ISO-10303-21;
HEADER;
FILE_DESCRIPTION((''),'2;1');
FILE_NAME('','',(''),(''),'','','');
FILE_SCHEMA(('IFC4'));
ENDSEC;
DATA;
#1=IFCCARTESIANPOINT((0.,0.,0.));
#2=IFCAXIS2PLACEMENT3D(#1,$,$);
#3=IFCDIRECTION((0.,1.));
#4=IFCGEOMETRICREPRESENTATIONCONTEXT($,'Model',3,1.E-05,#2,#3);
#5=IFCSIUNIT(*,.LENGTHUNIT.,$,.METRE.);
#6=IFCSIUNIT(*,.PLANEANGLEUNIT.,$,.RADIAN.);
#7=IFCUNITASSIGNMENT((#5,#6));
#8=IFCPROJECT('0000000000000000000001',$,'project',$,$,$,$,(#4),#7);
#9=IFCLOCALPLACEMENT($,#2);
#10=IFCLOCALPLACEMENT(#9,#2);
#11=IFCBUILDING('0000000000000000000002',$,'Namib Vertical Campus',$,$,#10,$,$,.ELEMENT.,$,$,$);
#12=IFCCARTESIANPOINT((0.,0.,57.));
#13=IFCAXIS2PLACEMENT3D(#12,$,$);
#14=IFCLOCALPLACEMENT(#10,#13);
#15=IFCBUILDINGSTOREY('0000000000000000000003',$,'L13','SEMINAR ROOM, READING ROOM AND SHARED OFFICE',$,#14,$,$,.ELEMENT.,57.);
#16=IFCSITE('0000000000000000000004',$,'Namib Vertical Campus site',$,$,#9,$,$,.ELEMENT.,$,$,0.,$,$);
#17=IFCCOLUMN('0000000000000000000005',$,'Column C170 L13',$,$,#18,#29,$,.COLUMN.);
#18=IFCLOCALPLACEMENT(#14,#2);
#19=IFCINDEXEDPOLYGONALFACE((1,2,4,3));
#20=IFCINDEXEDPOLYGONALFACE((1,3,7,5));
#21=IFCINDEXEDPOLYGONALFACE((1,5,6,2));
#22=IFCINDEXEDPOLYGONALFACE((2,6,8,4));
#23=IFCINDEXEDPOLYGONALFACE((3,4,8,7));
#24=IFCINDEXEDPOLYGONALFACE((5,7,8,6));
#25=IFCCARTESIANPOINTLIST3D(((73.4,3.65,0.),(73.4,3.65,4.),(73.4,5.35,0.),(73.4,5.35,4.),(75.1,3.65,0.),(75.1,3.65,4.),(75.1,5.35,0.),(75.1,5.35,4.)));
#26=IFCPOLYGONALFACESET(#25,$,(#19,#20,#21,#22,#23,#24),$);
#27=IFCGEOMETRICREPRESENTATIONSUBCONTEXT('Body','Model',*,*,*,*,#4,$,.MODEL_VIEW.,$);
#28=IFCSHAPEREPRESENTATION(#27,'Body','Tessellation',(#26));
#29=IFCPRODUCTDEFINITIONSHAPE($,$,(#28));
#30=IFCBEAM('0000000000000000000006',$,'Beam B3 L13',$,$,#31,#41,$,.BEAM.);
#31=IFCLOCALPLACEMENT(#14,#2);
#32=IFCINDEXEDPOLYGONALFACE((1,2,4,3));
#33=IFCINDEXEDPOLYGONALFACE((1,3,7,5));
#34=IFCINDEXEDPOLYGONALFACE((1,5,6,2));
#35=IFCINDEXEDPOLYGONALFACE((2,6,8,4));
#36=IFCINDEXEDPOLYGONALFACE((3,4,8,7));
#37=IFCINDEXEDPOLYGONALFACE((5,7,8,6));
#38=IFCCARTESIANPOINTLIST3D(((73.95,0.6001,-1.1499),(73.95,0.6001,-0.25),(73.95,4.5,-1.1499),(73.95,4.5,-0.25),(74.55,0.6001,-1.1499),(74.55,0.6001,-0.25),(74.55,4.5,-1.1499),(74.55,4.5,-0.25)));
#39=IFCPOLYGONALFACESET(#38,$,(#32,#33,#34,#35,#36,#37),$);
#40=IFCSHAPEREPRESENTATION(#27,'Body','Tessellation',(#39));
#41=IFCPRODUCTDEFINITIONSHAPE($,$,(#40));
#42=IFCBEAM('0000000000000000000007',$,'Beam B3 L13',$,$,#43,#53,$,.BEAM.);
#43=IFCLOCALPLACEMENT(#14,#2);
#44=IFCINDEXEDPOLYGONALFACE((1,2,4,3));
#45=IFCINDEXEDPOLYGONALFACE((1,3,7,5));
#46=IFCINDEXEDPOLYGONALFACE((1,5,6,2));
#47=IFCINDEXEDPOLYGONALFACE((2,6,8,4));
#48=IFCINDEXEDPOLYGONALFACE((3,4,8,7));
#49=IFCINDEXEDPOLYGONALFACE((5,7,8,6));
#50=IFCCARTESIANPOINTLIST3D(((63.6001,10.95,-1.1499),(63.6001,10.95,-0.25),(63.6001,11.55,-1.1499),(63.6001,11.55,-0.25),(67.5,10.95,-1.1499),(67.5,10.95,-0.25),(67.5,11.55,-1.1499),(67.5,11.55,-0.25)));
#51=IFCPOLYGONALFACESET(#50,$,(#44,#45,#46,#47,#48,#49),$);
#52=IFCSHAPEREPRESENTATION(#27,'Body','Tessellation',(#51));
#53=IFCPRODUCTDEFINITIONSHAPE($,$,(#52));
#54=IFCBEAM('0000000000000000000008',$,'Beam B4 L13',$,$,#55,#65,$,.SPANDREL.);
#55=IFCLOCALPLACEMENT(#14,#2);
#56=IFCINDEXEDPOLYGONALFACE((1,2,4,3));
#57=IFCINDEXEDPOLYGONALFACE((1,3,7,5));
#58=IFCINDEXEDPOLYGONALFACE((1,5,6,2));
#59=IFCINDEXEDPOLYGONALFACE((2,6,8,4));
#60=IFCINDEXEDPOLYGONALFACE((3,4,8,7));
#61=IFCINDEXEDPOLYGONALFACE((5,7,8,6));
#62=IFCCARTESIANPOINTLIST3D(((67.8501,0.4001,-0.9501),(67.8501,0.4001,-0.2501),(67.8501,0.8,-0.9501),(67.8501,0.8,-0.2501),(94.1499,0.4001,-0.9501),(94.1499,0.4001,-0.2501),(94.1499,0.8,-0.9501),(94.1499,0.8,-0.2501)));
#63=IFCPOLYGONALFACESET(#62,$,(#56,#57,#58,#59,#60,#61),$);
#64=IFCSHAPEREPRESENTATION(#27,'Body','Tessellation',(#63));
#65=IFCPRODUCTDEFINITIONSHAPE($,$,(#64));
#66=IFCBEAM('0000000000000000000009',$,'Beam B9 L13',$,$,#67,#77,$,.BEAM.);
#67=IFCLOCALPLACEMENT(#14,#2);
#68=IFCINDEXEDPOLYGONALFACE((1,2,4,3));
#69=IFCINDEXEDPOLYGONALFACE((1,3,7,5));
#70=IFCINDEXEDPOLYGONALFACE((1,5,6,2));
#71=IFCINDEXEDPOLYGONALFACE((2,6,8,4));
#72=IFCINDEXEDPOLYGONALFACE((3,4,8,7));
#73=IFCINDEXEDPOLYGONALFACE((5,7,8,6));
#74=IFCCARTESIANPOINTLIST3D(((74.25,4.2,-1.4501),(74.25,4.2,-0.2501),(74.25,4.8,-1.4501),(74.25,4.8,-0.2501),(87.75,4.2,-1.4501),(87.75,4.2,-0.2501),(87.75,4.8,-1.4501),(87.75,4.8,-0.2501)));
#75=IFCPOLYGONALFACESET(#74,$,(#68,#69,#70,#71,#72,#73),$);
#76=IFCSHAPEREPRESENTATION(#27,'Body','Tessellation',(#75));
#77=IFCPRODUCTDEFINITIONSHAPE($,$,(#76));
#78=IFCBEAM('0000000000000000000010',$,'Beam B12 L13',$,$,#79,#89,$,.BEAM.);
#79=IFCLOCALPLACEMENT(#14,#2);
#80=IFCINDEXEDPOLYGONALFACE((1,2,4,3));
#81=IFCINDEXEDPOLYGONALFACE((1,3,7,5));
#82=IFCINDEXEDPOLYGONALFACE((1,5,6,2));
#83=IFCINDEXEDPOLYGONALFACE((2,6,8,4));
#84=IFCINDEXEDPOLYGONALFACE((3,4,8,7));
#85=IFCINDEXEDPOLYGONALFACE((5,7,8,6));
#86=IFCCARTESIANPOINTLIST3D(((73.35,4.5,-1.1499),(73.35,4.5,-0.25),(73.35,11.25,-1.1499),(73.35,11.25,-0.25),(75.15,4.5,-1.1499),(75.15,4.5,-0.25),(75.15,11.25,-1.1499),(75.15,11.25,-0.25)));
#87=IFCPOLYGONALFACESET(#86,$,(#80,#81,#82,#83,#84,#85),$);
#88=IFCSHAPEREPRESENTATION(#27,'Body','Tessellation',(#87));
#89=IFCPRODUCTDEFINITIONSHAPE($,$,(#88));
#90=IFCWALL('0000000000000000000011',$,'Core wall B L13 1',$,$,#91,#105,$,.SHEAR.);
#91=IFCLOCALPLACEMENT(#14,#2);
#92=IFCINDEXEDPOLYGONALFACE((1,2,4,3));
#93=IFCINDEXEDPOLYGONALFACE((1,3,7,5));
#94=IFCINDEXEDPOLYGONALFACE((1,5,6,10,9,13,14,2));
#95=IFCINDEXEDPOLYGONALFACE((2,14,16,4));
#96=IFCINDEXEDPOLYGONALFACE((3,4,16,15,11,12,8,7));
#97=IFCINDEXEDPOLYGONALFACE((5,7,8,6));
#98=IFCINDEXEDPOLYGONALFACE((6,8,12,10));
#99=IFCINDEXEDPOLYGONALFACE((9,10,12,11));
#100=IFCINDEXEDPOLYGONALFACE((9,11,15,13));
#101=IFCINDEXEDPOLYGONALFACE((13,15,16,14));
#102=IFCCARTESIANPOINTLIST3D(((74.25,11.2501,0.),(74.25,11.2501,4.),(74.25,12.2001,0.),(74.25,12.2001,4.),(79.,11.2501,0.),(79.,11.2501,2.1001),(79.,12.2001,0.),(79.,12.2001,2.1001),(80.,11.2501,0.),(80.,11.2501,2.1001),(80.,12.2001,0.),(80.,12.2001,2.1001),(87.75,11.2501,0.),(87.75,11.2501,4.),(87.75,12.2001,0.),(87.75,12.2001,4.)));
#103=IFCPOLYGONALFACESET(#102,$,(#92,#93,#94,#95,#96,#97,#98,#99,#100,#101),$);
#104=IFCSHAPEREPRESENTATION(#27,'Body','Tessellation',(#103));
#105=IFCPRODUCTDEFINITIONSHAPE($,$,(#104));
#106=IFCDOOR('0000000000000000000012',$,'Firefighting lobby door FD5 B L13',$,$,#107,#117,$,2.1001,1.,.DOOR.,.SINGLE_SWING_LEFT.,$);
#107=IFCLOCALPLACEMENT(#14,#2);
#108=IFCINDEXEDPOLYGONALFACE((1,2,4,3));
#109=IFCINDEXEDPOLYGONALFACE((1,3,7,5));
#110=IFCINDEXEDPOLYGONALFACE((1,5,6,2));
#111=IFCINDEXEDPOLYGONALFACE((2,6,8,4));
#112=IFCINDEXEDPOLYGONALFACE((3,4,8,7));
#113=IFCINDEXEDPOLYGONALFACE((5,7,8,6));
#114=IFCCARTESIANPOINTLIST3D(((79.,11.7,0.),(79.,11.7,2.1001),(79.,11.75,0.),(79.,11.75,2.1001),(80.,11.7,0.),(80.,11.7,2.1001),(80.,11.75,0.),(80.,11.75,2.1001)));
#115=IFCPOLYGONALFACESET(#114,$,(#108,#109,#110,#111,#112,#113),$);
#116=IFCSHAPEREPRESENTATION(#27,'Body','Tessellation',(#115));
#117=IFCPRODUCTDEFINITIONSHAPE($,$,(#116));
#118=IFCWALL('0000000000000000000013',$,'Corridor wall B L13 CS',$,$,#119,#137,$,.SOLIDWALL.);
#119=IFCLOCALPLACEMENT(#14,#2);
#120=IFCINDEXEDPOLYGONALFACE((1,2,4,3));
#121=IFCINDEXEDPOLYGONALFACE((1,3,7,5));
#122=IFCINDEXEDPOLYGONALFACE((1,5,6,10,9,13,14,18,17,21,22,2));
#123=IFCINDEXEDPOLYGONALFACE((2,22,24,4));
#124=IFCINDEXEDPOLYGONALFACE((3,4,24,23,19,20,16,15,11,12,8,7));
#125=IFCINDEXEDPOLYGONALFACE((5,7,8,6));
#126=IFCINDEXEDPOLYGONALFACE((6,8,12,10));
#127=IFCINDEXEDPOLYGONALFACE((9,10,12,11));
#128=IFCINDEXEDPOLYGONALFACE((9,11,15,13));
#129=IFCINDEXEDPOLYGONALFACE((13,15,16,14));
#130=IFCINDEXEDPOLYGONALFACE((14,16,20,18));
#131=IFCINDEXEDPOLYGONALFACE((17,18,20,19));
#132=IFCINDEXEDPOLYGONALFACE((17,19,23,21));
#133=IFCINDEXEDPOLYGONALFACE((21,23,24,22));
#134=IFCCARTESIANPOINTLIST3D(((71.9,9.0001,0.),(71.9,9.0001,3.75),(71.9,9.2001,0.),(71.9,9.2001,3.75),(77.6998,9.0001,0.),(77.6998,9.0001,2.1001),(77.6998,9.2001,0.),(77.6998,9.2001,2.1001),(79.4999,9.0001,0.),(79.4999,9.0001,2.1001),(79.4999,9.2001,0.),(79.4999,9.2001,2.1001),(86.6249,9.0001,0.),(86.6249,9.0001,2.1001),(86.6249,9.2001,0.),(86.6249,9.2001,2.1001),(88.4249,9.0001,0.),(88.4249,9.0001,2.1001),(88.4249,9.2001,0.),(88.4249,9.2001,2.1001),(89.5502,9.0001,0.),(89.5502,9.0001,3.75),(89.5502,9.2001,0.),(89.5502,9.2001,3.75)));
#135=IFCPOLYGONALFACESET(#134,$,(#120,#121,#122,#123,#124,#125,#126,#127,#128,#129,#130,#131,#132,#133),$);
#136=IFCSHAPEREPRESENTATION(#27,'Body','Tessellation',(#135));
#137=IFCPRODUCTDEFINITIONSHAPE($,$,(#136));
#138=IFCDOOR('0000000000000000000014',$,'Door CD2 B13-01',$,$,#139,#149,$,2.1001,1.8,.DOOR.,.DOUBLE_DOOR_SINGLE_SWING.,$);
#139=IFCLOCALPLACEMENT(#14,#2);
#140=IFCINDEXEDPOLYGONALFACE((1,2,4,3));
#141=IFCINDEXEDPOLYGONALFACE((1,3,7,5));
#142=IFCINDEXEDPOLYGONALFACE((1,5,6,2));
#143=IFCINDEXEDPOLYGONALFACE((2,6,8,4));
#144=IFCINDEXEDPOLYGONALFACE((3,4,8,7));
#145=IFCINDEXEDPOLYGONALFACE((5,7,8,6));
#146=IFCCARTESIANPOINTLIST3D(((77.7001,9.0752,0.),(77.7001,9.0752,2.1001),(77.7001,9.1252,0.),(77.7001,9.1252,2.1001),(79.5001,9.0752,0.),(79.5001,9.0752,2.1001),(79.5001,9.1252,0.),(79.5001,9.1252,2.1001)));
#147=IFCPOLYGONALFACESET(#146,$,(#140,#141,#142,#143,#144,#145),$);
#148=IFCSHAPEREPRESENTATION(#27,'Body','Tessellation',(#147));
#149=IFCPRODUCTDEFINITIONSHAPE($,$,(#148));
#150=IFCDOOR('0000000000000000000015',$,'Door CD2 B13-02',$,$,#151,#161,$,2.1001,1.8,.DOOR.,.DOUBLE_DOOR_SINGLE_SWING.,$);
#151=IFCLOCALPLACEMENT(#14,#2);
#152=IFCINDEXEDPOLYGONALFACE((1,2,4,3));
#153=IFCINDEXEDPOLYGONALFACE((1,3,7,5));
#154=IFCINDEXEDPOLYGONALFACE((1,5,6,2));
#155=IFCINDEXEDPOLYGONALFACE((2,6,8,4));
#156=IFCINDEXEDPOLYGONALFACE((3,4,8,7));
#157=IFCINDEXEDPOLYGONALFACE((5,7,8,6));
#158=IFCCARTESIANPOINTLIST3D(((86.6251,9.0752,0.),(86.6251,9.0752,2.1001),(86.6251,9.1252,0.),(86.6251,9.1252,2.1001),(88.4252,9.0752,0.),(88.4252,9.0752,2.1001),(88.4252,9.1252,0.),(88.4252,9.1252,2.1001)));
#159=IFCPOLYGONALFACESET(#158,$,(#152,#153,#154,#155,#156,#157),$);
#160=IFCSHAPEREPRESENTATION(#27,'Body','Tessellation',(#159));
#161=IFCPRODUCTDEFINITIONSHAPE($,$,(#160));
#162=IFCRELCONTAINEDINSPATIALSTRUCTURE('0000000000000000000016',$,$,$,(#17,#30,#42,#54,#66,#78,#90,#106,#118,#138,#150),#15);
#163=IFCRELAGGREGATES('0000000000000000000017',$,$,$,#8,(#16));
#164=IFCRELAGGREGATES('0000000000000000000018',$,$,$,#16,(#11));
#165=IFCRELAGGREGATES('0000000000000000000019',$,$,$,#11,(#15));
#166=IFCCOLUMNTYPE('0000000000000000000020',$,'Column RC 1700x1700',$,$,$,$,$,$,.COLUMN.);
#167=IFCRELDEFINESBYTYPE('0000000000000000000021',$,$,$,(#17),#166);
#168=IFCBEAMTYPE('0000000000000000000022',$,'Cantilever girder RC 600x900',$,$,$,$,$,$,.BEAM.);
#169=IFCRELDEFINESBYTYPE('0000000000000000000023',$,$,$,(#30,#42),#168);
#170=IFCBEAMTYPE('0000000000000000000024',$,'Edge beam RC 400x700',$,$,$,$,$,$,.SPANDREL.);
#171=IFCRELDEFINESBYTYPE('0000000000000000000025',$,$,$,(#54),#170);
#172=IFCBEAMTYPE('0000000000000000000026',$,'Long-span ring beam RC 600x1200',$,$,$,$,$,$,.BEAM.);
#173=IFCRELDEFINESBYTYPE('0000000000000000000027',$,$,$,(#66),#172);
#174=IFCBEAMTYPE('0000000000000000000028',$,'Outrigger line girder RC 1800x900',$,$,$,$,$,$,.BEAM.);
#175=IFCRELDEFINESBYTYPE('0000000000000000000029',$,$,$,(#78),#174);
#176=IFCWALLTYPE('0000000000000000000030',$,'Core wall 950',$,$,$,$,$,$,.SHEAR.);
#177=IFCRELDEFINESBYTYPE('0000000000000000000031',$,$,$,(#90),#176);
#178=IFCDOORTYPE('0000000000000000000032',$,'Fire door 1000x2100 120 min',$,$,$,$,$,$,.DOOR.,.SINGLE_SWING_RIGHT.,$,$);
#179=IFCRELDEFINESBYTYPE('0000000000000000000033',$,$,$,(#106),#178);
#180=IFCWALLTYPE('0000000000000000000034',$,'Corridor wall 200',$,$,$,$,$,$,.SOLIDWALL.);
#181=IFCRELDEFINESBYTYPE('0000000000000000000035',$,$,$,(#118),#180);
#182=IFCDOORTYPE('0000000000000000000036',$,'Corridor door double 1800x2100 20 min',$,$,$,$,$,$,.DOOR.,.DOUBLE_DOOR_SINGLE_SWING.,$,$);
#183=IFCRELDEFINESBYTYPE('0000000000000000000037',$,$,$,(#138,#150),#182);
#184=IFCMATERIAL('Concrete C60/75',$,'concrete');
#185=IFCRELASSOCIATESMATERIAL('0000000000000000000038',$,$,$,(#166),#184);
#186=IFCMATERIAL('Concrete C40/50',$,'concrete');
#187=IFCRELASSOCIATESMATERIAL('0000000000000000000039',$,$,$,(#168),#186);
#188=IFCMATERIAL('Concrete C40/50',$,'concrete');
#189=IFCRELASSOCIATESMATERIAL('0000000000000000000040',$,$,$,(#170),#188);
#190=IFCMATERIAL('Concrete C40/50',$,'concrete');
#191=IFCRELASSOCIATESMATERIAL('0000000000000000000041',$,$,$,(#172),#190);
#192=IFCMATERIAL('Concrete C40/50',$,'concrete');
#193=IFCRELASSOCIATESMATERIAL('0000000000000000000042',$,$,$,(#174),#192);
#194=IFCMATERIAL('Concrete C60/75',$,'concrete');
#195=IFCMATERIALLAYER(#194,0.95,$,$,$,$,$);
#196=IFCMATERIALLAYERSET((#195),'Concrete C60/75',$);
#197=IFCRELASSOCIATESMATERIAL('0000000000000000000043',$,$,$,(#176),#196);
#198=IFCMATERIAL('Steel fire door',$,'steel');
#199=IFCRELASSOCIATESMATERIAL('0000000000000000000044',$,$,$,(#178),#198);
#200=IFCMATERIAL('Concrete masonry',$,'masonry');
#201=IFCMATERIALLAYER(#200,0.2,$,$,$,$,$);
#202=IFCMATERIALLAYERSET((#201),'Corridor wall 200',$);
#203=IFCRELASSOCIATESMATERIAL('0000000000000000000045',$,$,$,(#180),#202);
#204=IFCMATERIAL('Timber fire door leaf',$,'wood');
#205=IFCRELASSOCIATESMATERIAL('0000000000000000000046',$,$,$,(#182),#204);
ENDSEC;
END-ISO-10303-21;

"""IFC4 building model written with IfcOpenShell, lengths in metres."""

from ifc_helpers import new_model, si_unit, direction, frame, frame_2d, origin, origin_2d, place, context, subcontext, project, spatial, rectangle, extrude, material, layer, layer_set, material_profile, profile_set, type_object, element, fill, save


model = new_model("IFC4")

# Units and contexts
model_context = context("Model", 3, precision=1e-05, world=origin(), true_north=direction((0.0, 1.0)))
body_context = subcontext(model_context, "Body", "Model", "MODEL_VIEW")
ifc_project = project(units=[si_unit("LENGTHUNIT", "METRE"), si_unit("PLANEANGLEUNIT", "RADIAN")], contexts=[model_context])

# Site, building, storey
site_placement = place(None, origin())
site = spatial("IfcSite", under=ifc_project, at=site_placement, Name="Namib Vertical Campus site", CompositionType="ELEMENT", RefElevation=0.0)
building_placement = place(site_placement, origin())
building = spatial("IfcBuilding", under=site, at=building_placement, Name="Namib Vertical Campus", CompositionType="ELEMENT")
storey_placement = place(building_placement, frame((0.0, 0.0, 57.0)))
storey = spatial("IfcBuildingStorey", under=building, at=storey_placement, Name="L13", Description="SEMINAR ROOM, READING ROOM AND SHARED OFFICE", CompositionType="ELEMENT", Elevation=57.0)

# Column
ifc_material_1 = material(Name="Concrete C60/75", Category="concrete")
ifc_material_profile_1 = material_profile(ifc_material_1, rectangle(XDim=1.7, YDim=1.7, at=origin_2d()))
ifc_profile_set_1 = profile_set([ifc_material_profile_1], Name="Concrete C60/75")
column_type = type_object("IfcColumnType", Name="Column RC 1700x1700", PredefinedType="COLUMN", material=ifc_profile_set_1)
column_placement = place(storey_placement, frame((74.25, 4.5, 0.0), z_axis=(0.0, 0.0, 1.0), x_axis=(1.0, 0.0, 0.0)))
element("IfcColumn", 1, at=column_placement, inside=storey, type_object=column_type, Name="Column C170 L13", PredefinedType="COLUMN", context=body_context, shape_type="SweptSolid", body=[
    extrude(rectangle(XDim=1.7, YDim=1.7, at=origin_2d()), origin(), (0.0, 0.0, 1.0), 4.0),
])

# Beams
ifc_material_2 = material(Name="Concrete C40/50", Category="concrete")
ifc_material_profile_2 = material_profile(ifc_material_2, rectangle(XDim=0.6001, YDim=0.8999, at=origin_2d()))
ifc_profile_set_2 = profile_set([ifc_material_profile_2], Name="Concrete C40/50")
beam_type_1 = type_object("IfcBeamType", Name="Cantilever girder RC 600x900", PredefinedType="BEAM", material=ifc_profile_set_2)
for number, where, z_axis, x_axis, name in (
    (2, (74.25, 4.5, -0.7), (0.0, -1.0, 0.0), (1.0, 0.0, 0.0), "Beam B3 L13"),
    (3, (67.5, 11.25, -0.7), (-1.0, 0.0, 0.0), (0.0, -1.0, 0.0), "Beam B3 L13"),
):
    element("IfcBeam", number, at=place(storey_placement, frame(where, z_axis=z_axis, x_axis=x_axis)), inside=storey, type_object=beam_type_1, Name=name, PredefinedType="BEAM", context=body_context, shape_type="SweptSolid", body=[
        extrude(rectangle(XDim=0.6001, YDim=0.8999, at=origin_2d()), origin(), (0.0, 0.0, 1.0), 3.8999),
    ])
ifc_material_3 = material(Name="Concrete C40/50", Category="concrete")
ifc_material_profile_3 = material_profile(ifc_material_3, rectangle(XDim=0.3999, YDim=0.7, at=origin_2d()))
ifc_profile_set_3 = profile_set([ifc_material_profile_3], Name="Concrete C40/50")
beam_type_2 = type_object("IfcBeamType", Name="Edge beam RC 400x700", PredefinedType="SPANDREL", material=ifc_profile_set_3)
beam_1_placement = place(storey_placement, frame((67.8501, 0.6001, -0.6001), z_axis=(1.0, 0.0, 0.0), x_axis=(0.0, 1.0, 0.0)))
element("IfcBeam", 4, at=beam_1_placement, inside=storey, type_object=beam_type_2, Name="Beam B4 L13", PredefinedType="SPANDREL", context=body_context, shape_type="SweptSolid", body=[
    extrude(rectangle(XDim=0.3999, YDim=0.7, at=origin_2d()), origin(), (0.0, 0.0, 1.0), 26.2998),
])
ifc_material_4 = material(Name="Concrete C40/50", Category="concrete")
ifc_material_profile_4 = material_profile(ifc_material_4, rectangle(XDim=0.6001, YDim=1.2, at=origin_2d()))
ifc_profile_set_4 = profile_set([ifc_material_profile_4], Name="Concrete C40/50")
beam_type_3 = type_object("IfcBeamType", Name="Long-span ring beam RC 600x1200", PredefinedType="BEAM", material=ifc_profile_set_4)
beam_2_placement = place(storey_placement, frame((74.25, 4.5, -0.8501), z_axis=(1.0, 0.0, 0.0), x_axis=(0.0, 1.0, 0.0)))
element("IfcBeam", 5, at=beam_2_placement, inside=storey, type_object=beam_type_3, Name="Beam B9 L13", PredefinedType="BEAM", context=body_context, shape_type="SweptSolid", body=[
    extrude(rectangle(XDim=0.6001, YDim=1.2, at=origin_2d()), origin(), (0.0, 0.0, 1.0), 13.5),
])
ifc_material_5 = material(Name="Concrete C40/50", Category="concrete")
ifc_material_profile_5 = material_profile(ifc_material_5, rectangle(XDim=1.8, YDim=0.8999, at=origin_2d()))
ifc_profile_set_5 = profile_set([ifc_material_profile_5], Name="Concrete C40/50")
beam_type_4 = type_object("IfcBeamType", Name="Outrigger line girder RC 1800x900", PredefinedType="BEAM", material=ifc_profile_set_5)
beam_3_placement = place(storey_placement, frame((74.25, 4.5, -0.7), z_axis=(0.0, 1.0, 0.0), x_axis=(-1.0, 0.0, 0.0)))
element("IfcBeam", 6, at=beam_3_placement, inside=storey, type_object=beam_type_4, Name="Beam B12 L13", PredefinedType="BEAM", context=body_context, shape_type="SweptSolid", body=[
    extrude(rectangle(XDim=1.8, YDim=0.8999, at=origin_2d()), origin(), (0.0, 0.0, 1.0), 6.75),
])

# Wall, opening, door
ifc_material_6 = material(Name="Concrete C60/75", Category="concrete")
ifc_layer_1 = layer(ifc_material_6, 0.95)
ifc_layer_set_1 = layer_set([ifc_layer_1], Name="Concrete C60/75")
wall_type_1 = type_object("IfcWallType", Name="Core wall 950", PredefinedType="SHEAR", material=ifc_layer_set_1)
wall_1_placement = place(storey_placement, frame((74.25, 11.7251, 0.0), z_axis=(0.0, 0.0, 1.0), x_axis=(1.0, 0.0, 0.0)))
wall_1 = element("IfcWall", 7, at=wall_1_placement, inside=storey, type_object=wall_type_1, Name="Core wall B L13 1", PredefinedType="SHEAR", context=body_context, shape_type="SweptSolid", body=[
    extrude(rectangle(XDim=13.5, YDim=0.95, at=frame_2d((6.75, 0.0))), origin(), (0.0, 0.0, 1.0), 4.0),
])
opening_1_placement = place(wall_1_placement, frame((4.75, 0.0, 0.0)))
opening_1 = element("IfcOpeningElement", 8, at=opening_1_placement, cuts=wall_1, PredefinedType="OPENING", context=body_context, shape_type="SweptSolid", body=[
    extrude(rectangle(XDim=1.0, YDim=2.1001, at=frame_2d((0.5, 1.05))), frame((0.0, 0.4849, 0.0), z_axis=(0.0, -1.0, 0.0), x_axis=(1.0, 0.0, 0.0)), (0.0, 0.0, 1.0), 0.97),
])
ifc_material_7 = material(Name="Steel fire door", Category="steel")
door_type_1 = type_object("IfcDoorType", Name="Fire door 1000x2100 120 min", OperationType="SINGLE_SWING_RIGHT", PredefinedType="DOOR", material=ifc_material_7)
door_1_placement = place(opening_1_placement, origin())
door_1 = element("IfcDoor", 9, at=door_1_placement, inside=storey, type_object=door_type_1, Name="Firefighting lobby door FD5 B L13", OperationType="SINGLE_SWING_LEFT", OverallHeight=2.1001, OverallWidth=1.0, PredefinedType="DOOR", context=body_context, shape_type="SweptSolid", body=[
    extrude(rectangle(XDim=1.0, YDim=2.1001, at=frame_2d((0.5, 1.05))), frame((0.0, 0.0249, 0.0), z_axis=(0.0, -1.0, 0.0), x_axis=(1.0, 0.0, 0.0)), (0.0, 0.0, 1.0), 0.05),
])
fill(opening_1, door_1)

# Wall, openings, doors
ifc_material_8 = material(Name="Concrete masonry", Category="masonry")
ifc_layer_2 = layer(ifc_material_8, 0.2)
ifc_layer_set_2 = layer_set([ifc_layer_2], Name="Corridor wall 200")
wall_type_2 = type_object("IfcWallType", Name="Corridor wall 200", PredefinedType="SOLIDWALL", material=ifc_layer_set_2)
wall_2_placement = place(storey_placement, frame((71.8999, 9.1001, 0.0), z_axis=(0.0, 0.0, 1.0), x_axis=(1.0, 0.0, 0.0)))
wall_2 = element("IfcWall", 10, at=wall_2_placement, inside=storey, type_object=wall_type_2, Name="Corridor wall B L13 CS", PredefinedType="SOLIDWALL", context=body_context, shape_type="SweptSolid", body=[
    extrude(rectangle(XDim=17.6501, YDim=0.2, at=frame_2d((8.8252, 0.0))), origin(), (0.0, 0.0, 1.0), 3.75),
])
opening_2_placement = place(wall_2_placement, frame((5.8, 0.0, 0.0)))
opening_2 = element("IfcOpeningElement", 11, at=opening_2_placement, cuts=wall_2, PredefinedType="OPENING", context=body_context, shape_type="SweptSolid", body=[
    extrude(rectangle(XDim=1.8, YDim=2.1001, at=frame_2d((0.8999, 1.05))), frame((0.0, 0.1099, 0.0), z_axis=(0.0, -1.0, 0.0), x_axis=(1.0, 0.0, 0.0)), (0.0, 0.0, 1.0), 0.22),
])
opening_3_placement = place(wall_2_placement, frame((14.7251, 0.0, 0.0)))
opening_3 = element("IfcOpeningElement", 12, at=opening_3_placement, cuts=wall_2, PredefinedType="OPENING", context=body_context, shape_type="SweptSolid", body=[
    extrude(rectangle(XDim=1.8, YDim=2.1001, at=frame_2d((0.8999, 1.05))), frame((0.0, 0.1099, 0.0), z_axis=(0.0, -1.0, 0.0), x_axis=(1.0, 0.0, 0.0)), (0.0, 0.0, 1.0), 0.22),
])
ifc_material_9 = material(Name="Timber fire door leaf", Category="wood")
door_type_2 = type_object("IfcDoorType", Name="Corridor door double 1800x2100 20 min", OperationType="DOUBLE_DOOR_SINGLE_SWING", PredefinedType="DOOR", material=ifc_material_9)
door_2_placement = place(opening_2_placement, frame((1.8, 0.0, 0.0), z_axis=(0.0, 0.0, 1.0), x_axis=(-1.0, 0.0, 0.0)))
door_2 = element("IfcDoor", 13, at=door_2_placement, inside=storey, type_object=door_type_2, Name="Door CD2 B13-01", OperationType="DOUBLE_DOOR_SINGLE_SWING", OverallHeight=2.1001, OverallWidth=1.8, PredefinedType="DOOR", context=body_context, shape_type="SweptSolid", body=[
    extrude(rectangle(XDim=1.8, YDim=2.1001, at=frame_2d((0.8999, 1.05))), frame((0.0, 0.0249, 0.0), z_axis=(0.0, -1.0, 0.0), x_axis=(1.0, 0.0, 0.0)), (0.0, 0.0, 1.0), 0.05),
])
fill(opening_2, door_2)
door_3_placement = place(opening_3_placement, frame((1.8, 0.0, 0.0), z_axis=(0.0, 0.0, 1.0), x_axis=(-1.0, 0.0, 0.0)))
door_3 = element("IfcDoor", 14, at=door_3_placement, inside=storey, type_object=door_type_2, Name="Door CD2 B13-02", OperationType="DOUBLE_DOOR_SINGLE_SWING", OverallHeight=2.1001, OverallWidth=1.8, PredefinedType="DOOR", context=body_context, shape_type="SweptSolid", body=[
    extrude(rectangle(XDim=1.8, YDim=2.1001, at=frame_2d((0.8999, 1.05))), frame((0.0, 0.0249, 0.0), z_axis=(0.0, -1.0, 0.0), x_axis=(1.0, 0.0, 0.0)), (0.0, 0.0, 1.0), 0.05),
])
fill(opening_3, door_3)

save(model, "model.ifc")
